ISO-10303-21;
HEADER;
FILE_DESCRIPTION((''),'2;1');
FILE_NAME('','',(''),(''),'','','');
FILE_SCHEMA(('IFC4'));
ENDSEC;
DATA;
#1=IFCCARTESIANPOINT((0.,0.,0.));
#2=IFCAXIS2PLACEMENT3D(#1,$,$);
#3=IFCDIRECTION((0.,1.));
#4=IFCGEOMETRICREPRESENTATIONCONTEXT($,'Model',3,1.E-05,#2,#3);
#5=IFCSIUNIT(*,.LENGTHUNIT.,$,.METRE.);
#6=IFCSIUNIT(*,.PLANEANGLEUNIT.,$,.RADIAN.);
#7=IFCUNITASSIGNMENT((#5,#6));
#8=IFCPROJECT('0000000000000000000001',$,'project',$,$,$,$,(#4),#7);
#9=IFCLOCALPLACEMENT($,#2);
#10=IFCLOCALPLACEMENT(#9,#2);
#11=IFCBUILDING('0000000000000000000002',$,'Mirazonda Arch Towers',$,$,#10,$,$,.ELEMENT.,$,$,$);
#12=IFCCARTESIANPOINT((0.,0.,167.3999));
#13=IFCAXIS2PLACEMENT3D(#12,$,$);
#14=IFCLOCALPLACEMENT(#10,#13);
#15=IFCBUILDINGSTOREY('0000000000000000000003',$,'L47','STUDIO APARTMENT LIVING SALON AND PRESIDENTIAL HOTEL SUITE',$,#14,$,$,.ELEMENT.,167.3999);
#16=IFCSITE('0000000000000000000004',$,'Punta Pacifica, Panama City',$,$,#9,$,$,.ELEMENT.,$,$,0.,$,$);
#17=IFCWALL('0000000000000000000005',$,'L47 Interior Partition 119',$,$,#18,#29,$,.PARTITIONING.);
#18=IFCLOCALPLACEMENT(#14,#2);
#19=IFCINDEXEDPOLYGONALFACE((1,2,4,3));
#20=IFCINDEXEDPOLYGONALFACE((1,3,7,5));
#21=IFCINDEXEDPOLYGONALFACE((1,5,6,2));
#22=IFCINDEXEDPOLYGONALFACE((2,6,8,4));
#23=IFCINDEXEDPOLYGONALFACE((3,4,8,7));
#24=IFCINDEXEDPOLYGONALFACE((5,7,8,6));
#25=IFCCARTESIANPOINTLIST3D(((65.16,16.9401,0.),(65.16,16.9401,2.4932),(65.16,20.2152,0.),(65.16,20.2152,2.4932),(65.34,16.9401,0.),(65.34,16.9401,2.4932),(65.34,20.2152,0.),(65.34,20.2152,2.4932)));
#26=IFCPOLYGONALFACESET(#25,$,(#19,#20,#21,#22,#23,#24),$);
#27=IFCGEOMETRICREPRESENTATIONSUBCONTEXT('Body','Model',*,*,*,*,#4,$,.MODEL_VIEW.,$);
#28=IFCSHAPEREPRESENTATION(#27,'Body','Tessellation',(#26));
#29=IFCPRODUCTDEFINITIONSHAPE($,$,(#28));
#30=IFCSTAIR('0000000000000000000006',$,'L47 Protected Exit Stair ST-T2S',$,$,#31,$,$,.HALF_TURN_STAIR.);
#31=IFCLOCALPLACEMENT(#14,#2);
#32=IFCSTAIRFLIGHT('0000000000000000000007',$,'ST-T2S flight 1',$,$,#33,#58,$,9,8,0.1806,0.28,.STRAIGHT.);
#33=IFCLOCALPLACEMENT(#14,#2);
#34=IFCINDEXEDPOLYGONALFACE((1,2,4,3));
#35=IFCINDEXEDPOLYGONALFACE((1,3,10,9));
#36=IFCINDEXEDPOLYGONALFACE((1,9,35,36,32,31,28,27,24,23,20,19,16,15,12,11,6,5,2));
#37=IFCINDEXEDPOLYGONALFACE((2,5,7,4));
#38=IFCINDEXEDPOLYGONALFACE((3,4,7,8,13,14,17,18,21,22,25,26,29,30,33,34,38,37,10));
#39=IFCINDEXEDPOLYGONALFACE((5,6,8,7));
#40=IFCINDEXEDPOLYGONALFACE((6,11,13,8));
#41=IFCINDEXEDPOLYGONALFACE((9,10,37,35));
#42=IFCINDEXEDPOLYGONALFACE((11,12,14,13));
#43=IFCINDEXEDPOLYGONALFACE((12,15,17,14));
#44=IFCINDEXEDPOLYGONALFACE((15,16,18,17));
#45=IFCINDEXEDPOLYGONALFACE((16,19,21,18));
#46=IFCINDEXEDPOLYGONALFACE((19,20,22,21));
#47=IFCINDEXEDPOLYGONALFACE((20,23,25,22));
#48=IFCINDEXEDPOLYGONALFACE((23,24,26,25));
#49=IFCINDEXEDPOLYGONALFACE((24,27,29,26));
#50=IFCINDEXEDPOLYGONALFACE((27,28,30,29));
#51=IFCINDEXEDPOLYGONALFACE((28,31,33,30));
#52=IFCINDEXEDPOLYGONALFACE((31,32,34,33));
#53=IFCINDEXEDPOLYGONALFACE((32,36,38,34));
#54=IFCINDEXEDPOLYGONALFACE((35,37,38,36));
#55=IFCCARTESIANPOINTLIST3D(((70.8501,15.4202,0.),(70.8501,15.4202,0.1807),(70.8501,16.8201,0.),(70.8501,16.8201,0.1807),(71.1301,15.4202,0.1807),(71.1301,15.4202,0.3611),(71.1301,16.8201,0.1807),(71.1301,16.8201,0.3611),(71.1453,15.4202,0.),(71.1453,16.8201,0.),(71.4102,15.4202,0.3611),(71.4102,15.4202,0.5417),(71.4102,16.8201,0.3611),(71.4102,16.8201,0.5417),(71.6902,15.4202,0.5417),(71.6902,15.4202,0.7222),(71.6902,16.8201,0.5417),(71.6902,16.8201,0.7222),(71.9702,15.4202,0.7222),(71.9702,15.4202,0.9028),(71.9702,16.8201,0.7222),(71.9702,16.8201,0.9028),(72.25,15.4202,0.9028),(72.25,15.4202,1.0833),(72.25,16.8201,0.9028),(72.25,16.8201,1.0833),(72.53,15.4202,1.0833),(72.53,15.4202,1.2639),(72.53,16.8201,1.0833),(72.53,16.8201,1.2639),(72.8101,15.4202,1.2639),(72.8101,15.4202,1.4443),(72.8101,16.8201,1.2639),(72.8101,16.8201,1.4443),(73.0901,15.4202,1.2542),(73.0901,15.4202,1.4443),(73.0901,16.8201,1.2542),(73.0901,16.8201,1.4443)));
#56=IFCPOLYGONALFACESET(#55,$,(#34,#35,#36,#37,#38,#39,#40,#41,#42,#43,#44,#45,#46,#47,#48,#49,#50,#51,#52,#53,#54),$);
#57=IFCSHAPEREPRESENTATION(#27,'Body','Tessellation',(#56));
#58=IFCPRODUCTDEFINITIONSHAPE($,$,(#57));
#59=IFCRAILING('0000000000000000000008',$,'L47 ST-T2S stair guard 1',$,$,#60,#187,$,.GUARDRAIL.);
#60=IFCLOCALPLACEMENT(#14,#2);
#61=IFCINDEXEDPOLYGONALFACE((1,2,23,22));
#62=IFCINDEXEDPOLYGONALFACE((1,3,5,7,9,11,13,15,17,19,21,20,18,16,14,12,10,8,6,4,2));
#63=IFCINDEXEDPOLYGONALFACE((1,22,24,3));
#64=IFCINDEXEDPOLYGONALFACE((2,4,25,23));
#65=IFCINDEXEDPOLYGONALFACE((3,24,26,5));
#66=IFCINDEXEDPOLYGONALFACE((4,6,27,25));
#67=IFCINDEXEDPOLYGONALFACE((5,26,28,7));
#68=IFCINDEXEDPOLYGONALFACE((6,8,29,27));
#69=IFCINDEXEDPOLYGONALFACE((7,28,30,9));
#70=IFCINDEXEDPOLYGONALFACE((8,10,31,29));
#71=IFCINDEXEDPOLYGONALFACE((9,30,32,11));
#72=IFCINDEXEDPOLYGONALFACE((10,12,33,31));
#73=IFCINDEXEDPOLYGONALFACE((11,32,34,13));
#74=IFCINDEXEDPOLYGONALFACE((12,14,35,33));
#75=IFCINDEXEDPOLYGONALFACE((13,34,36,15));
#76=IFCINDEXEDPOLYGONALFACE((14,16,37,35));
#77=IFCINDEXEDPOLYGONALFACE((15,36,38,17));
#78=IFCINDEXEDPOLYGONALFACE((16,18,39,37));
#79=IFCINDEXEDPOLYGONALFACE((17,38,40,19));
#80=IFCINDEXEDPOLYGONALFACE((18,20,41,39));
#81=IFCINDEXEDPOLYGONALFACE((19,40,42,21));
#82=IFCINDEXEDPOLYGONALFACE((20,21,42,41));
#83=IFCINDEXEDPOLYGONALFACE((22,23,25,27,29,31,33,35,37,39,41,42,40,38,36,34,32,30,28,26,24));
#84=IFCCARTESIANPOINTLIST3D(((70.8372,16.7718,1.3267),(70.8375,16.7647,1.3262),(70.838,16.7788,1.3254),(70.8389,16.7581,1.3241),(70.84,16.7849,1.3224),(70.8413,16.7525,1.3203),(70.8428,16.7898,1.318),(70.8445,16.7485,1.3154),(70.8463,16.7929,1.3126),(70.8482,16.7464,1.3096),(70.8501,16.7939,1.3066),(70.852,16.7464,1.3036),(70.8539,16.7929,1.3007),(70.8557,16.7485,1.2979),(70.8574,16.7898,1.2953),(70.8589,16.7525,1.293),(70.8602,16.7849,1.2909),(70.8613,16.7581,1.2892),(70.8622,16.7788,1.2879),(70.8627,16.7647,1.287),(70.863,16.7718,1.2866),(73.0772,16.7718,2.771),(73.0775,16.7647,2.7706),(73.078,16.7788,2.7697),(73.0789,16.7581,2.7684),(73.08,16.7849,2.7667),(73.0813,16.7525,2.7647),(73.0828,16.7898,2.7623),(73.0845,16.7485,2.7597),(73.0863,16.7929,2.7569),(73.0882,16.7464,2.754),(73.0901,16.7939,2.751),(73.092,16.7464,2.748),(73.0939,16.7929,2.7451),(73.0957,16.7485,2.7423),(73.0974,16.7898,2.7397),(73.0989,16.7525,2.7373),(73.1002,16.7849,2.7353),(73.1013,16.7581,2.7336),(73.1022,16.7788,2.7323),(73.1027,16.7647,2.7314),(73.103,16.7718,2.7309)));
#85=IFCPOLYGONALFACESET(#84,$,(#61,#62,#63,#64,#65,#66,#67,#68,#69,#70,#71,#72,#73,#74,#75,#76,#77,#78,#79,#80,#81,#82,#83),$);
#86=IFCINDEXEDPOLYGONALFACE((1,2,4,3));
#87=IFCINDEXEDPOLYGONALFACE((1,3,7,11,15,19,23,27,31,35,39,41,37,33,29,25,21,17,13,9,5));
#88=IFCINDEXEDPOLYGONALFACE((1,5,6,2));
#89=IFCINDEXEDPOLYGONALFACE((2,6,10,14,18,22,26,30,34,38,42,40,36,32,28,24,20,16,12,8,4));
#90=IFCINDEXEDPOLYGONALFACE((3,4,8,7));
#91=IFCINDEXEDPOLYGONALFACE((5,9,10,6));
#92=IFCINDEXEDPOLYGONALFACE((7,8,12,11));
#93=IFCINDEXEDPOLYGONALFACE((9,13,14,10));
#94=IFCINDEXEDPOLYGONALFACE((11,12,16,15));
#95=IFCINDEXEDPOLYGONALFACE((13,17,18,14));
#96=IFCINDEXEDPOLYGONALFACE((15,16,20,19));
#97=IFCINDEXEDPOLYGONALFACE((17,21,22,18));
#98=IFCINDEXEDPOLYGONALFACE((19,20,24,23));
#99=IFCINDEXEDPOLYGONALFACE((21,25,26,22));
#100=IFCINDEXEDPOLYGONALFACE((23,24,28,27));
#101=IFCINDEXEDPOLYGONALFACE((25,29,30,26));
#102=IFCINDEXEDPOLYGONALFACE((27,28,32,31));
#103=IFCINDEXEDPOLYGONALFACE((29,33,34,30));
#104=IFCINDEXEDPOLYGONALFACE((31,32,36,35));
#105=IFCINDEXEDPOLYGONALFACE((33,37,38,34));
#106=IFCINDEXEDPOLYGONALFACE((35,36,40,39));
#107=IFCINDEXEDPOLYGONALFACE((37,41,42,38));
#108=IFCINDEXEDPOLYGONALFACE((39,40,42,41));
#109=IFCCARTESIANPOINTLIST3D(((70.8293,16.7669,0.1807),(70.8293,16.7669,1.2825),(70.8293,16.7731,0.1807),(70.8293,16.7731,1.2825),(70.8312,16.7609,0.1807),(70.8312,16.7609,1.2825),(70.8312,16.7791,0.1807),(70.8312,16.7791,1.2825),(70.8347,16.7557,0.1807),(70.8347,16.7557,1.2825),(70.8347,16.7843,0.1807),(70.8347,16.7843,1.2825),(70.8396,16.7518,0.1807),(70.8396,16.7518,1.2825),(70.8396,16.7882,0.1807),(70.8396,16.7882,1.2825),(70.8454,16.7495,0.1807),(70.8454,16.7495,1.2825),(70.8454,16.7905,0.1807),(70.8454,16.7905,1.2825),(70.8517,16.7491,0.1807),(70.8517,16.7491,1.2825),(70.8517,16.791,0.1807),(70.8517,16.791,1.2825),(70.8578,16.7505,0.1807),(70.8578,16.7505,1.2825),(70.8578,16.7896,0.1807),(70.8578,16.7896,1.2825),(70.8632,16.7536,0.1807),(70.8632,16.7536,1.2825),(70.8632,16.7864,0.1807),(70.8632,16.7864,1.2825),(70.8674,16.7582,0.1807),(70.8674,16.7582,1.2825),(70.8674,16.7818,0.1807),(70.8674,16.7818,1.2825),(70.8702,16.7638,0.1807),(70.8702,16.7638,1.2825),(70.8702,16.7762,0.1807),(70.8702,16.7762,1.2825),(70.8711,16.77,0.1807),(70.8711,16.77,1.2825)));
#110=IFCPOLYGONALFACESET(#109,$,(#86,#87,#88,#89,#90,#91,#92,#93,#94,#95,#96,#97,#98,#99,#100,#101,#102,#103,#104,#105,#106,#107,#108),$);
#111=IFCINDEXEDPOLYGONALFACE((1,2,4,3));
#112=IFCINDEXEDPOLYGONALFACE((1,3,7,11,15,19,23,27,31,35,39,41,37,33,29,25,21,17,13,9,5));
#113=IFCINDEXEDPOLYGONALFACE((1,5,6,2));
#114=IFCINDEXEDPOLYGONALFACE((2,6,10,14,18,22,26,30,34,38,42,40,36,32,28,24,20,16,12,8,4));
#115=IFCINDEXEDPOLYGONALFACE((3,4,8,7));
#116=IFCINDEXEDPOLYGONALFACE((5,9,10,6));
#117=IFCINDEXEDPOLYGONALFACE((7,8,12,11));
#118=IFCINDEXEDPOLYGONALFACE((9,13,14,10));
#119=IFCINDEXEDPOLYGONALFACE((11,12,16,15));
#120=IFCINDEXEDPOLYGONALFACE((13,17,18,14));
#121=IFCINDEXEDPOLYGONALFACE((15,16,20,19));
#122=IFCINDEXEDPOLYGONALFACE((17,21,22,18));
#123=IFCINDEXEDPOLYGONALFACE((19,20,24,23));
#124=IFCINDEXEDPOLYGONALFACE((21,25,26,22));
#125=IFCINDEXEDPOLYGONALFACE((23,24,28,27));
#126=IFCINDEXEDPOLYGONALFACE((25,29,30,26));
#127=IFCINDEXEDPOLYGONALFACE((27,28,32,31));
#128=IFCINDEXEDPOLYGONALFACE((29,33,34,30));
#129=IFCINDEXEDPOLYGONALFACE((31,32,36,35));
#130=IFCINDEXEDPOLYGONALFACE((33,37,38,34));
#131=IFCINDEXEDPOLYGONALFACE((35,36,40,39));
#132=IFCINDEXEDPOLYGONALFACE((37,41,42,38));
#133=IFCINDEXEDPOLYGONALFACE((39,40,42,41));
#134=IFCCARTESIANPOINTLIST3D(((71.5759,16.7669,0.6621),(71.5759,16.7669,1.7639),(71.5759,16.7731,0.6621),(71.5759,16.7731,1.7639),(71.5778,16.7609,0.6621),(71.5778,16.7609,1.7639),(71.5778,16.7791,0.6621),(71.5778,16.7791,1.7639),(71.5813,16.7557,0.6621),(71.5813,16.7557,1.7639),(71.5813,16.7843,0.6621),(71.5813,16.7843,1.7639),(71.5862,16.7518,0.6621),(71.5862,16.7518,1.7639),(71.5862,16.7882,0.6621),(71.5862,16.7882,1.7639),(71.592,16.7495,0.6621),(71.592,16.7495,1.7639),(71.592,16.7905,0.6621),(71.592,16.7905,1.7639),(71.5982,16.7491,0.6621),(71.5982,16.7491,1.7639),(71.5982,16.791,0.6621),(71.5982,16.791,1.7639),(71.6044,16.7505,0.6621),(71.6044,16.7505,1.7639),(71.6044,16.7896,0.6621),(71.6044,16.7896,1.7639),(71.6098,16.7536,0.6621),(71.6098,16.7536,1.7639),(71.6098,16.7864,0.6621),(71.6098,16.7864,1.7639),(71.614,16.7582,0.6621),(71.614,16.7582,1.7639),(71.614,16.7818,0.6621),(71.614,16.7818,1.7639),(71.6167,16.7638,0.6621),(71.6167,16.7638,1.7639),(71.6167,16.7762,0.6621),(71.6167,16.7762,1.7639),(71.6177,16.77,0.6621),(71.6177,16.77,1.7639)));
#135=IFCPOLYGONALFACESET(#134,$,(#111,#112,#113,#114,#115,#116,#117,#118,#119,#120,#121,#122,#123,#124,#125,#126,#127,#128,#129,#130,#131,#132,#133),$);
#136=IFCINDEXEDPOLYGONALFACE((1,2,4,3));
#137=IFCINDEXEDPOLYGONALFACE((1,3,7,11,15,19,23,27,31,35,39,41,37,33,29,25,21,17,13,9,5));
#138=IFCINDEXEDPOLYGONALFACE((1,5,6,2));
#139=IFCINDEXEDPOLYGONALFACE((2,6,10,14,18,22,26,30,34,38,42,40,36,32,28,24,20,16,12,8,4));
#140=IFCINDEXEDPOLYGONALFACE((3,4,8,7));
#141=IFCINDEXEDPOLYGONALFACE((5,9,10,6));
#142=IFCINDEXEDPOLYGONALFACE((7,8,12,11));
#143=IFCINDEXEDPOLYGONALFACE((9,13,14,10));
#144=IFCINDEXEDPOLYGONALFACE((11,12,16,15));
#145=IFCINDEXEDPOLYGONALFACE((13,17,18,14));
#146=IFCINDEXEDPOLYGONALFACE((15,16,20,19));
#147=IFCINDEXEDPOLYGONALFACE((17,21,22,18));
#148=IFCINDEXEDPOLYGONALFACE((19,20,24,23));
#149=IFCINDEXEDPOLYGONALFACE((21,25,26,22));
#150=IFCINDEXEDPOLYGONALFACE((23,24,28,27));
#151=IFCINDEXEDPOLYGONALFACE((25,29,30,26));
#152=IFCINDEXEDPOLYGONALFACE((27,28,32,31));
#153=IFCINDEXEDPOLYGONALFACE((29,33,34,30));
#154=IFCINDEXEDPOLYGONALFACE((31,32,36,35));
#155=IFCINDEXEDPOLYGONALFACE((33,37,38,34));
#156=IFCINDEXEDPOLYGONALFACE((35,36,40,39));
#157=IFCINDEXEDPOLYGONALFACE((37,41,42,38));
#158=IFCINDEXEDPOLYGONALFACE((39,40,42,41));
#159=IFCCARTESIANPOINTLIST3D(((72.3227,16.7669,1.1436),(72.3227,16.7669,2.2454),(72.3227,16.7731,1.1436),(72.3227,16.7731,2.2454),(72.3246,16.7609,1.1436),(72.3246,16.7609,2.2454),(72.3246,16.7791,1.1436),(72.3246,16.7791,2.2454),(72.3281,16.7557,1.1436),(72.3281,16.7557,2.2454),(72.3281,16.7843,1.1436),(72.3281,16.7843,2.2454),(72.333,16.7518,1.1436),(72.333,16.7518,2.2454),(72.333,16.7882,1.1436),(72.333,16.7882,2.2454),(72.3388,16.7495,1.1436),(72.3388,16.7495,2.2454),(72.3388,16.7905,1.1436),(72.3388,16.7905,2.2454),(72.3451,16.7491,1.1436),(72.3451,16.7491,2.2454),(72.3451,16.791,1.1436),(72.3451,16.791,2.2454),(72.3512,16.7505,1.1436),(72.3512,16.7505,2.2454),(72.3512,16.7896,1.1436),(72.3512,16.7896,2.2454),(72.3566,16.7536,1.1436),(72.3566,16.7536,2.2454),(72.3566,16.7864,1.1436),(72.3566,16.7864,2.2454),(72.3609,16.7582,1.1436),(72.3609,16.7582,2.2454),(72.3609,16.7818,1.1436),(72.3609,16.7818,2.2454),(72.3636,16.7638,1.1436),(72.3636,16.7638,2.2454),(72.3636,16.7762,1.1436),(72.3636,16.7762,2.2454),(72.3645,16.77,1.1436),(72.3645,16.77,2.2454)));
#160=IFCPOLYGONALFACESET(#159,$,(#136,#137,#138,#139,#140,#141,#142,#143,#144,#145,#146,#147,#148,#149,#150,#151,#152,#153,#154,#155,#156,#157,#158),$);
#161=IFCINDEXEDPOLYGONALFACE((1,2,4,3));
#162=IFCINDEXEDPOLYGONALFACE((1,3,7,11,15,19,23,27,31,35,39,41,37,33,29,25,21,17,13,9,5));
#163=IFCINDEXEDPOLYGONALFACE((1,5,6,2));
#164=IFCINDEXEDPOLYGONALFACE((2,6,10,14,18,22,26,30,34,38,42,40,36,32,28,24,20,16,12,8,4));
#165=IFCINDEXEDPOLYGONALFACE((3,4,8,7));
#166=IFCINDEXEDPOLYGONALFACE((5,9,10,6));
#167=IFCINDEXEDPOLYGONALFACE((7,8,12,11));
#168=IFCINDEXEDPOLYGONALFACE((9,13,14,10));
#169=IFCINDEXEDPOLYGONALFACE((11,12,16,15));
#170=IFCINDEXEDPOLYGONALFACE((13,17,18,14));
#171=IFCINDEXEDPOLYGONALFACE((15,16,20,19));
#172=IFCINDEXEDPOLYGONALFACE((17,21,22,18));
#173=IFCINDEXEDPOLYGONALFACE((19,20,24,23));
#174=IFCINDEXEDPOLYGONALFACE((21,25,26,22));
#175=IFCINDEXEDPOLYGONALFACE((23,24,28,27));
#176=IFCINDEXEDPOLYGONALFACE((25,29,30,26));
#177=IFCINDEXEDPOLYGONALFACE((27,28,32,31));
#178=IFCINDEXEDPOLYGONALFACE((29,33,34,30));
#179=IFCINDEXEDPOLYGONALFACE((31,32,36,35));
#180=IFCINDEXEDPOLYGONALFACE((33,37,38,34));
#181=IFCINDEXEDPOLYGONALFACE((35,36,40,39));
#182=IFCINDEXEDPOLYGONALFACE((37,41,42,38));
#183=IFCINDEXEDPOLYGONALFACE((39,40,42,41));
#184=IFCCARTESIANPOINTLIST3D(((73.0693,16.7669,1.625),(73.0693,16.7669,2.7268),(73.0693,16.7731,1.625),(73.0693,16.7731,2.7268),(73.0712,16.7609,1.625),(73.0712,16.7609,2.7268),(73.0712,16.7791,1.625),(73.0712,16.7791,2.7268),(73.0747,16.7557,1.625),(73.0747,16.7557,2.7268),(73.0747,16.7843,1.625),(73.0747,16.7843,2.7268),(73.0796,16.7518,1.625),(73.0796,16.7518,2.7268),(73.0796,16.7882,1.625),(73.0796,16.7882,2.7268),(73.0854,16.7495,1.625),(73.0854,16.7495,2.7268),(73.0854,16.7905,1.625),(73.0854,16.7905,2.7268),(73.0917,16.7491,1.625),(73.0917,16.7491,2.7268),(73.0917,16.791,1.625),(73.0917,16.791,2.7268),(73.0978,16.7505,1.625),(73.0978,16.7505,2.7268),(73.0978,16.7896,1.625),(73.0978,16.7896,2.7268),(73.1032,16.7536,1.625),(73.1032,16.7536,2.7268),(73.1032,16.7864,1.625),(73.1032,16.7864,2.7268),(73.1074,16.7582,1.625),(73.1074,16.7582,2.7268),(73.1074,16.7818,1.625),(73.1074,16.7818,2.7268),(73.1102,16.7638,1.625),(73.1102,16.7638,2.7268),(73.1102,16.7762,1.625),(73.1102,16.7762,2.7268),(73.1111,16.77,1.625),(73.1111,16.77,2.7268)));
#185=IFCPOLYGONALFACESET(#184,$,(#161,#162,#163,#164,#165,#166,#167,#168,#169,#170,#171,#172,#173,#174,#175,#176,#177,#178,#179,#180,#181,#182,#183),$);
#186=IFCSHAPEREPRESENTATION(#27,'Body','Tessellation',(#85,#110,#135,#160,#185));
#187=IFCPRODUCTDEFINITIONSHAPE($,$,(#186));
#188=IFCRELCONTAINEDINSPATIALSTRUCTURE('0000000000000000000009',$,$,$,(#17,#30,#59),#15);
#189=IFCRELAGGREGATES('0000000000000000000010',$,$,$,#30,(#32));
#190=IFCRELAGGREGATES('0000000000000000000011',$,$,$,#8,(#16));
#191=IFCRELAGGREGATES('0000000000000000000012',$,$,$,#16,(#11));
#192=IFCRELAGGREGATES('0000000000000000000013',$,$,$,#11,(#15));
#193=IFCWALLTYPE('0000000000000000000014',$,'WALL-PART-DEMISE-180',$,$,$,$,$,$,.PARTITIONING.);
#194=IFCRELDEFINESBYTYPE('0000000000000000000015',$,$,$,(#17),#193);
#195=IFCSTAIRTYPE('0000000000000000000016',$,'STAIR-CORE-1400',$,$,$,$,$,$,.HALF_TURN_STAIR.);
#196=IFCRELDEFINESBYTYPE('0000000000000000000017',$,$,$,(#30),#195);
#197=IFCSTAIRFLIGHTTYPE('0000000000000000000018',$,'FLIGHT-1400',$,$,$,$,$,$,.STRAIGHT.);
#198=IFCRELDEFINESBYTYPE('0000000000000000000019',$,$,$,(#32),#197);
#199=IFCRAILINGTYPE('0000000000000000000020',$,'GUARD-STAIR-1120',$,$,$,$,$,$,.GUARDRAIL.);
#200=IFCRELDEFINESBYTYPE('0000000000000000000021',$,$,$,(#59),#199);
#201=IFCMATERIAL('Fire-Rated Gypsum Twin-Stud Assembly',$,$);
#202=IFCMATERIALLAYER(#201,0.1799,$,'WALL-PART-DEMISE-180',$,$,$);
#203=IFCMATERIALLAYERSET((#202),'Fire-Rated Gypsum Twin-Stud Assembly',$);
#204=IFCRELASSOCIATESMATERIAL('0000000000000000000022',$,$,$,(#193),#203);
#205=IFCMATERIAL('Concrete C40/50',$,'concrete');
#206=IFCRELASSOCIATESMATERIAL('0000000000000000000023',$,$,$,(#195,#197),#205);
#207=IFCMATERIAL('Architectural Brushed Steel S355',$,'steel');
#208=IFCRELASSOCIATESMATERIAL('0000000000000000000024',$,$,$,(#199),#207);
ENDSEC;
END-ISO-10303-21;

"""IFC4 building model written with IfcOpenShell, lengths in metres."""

from ifc_helpers import new_model, si_unit, direction, frame, frame_2d, origin, origin_2d, place, context, subcontext, project, spatial, polyline, rectangle, circle, outline, extrude, material, layer, layer_set, type_object, element, aggregate, save


model = new_model("IFC4")

# Units and contexts
model_context = context("Model", 3, precision=1e-05, world=origin(), true_north=direction((0.0, 1.0)))
body_context = subcontext(model_context, "Body", "Model", "MODEL_VIEW")
ifc_project = project(units=[si_unit("LENGTHUNIT", "METRE"), si_unit("PLANEANGLEUNIT", "RADIAN")], contexts=[model_context])

# Site, building, storey
site_placement = place(None, origin())
site = spatial("IfcSite", under=ifc_project, at=site_placement, Name="Punta Pacifica, Panama City", CompositionType="ELEMENT", RefElevation=0.0)
building_placement = place(site_placement, origin())
building = spatial("IfcBuilding", under=site, at=building_placement, Name="Mirazonda Arch Towers", CompositionType="ELEMENT")
storey_placement = place(building_placement, frame((0.0, 0.0, 167.3999)))
storey = spatial("IfcBuildingStorey", under=building, at=storey_placement, Name="L47", Description="STUDIO APARTMENT LIVING SALON AND PRESIDENTIAL HOTEL SUITE", CompositionType="ELEMENT", Elevation=167.3999)

# Shared definitions
ifc_material_1 = material(Name="Architectural Brushed Steel S355", Category="steel")

# Wall
ifc_material_2 = material(Name="Fire-Rated Gypsum Twin-Stud Assembly")
ifc_layer_1 = layer(ifc_material_2, 0.1799, Name="WALL-PART-DEMISE-180")
ifc_layer_set_1 = layer_set([ifc_layer_1], Name="Fire-Rated Gypsum Twin-Stud Assembly")
wall_type_1 = type_object("IfcWallType", Name="WALL-PART-DEMISE-180", PredefinedType="PARTITIONING", material=ifc_layer_set_1)
wall_1_placement = place(storey_placement, frame((65.25, 16.9399, 0.0), z_axis=(0.0, 0.0, 1.0), x_axis=(0.0, 1.0, 0.0)))
element("IfcWall", 1, at=wall_1_placement, inside=storey, type_object=wall_type_1, Name="L47 Interior Partition 119", PredefinedType="PARTITIONING", context=body_context, shape_type="SweptSolid", body=[
    extrude(rectangle(XDim=3.2751, YDim=0.1799, at=frame_2d((1.6377, 0.0))), origin(), (0.0, 0.0, 1.0), 2.4932),
])

# Stair, stair flight
ifc_material_3 = material(Name="Concrete C40/50", Category="concrete")
stair_type = type_object("IfcStairType", Name="STAIR-CORE-1400", PredefinedType="HALF_TURN_STAIR", material=ifc_material_3)
stair_placement = place(storey_placement, origin())
stair = element("IfcStair", 2, at=stair_placement, inside=storey, type_object=stair_type, Name="L47 Protected Exit Stair ST-T2S", PredefinedType="HALF_TURN_STAIR")
stair_flight_type = type_object("IfcStairFlightType", Name="FLIGHT-1400", PredefinedType="STRAIGHT", material=ifc_material_3)
stair_flight_placement = place(storey_placement, frame((70.8501, 16.1201, 0.0), z_axis=(0.0, 0.0, 1.0), x_axis=(1.0, 0.0, 0.0)))
stair_flight = element("IfcStairFlight", 3, at=stair_flight_placement, type_object=stair_flight_type, Name="ST-T2S flight 1", NumberOfRisers=9, NumberOfTreads=8, PredefinedType="STRAIGHT", RiserHeight=0.1806, TreadLength=0.28, context=body_context, shape_type="SweptSolid", body=[
    extrude(outline(polyline([(0.0, 0.0), (0.0, 0.1807), (0.28, 0.1807), (0.28, 0.3611), (0.5601, 0.3611), (0.5601, 0.5417), (0.8401, 0.5417), (0.8401, 0.7222), (1.1201, 0.7222), (1.1201, 0.9028), (1.3999, 0.9028), (1.3999, 1.0833), (1.6799, 1.0833), (1.6799, 1.2639), (1.96, 1.2639), (1.96, 1.4443), (2.24, 1.4443), (2.24, 1.625), (2.24, 1.2542), (0.2952, 0.0), (0.0, 0.0)])), frame((0.0, 0.7, 0.0), z_axis=(0.0, -1.0, 0.0), x_axis=(1.0, 0.0, 0.0)), (0.0, 0.0, 1.0), 1.3999),
])
aggregate(stair, [stair_flight])

# Railing
railing_type_1 = type_object("IfcRailingType", Name="GUARD-STAIR-1120", PredefinedType="GUARDRAIL", material=ifc_material_1)
railing_1_placement = place(storey_placement, frame((70.8501, 16.77, 0.1807)))
element("IfcRailing", 4, at=railing_1_placement, inside=storey, type_object=railing_type_1, Name="L47 ST-T2S stair guard 1", PredefinedType="GUARDRAIL", context=body_context, shape_type="SweptSolid", body=[
    extrude(circle(Radius=0.0239, at=origin_2d()), frame((0.0, 0.0, 1.126), z_axis=(0.840437, 0.0, 0.54191), x_axis=(0.0, 1.0, 0.0)), (0.0, 0.0, 1.0), 2.6653),
    extrude(circle(Radius=0.021, at=origin_2d()), origin(), (0.0, 0.0, 1.0), 1.1018),
    extrude(circle(Radius=0.021, at=origin_2d()), frame((0.7466, 0.0, 0.4814)), (0.0, 0.0, 1.0), 1.1018),
    extrude(circle(Radius=0.021, at=origin_2d()), frame((1.4934, 0.0, 0.9629)), (0.0, 0.0, 1.0), 1.1018),
    extrude(circle(Radius=0.021, at=origin_2d()), frame((2.24, 0.0, 1.4443)), (0.0, 0.0, 1.0), 1.1018),
])

save(model, "model.ifc")
